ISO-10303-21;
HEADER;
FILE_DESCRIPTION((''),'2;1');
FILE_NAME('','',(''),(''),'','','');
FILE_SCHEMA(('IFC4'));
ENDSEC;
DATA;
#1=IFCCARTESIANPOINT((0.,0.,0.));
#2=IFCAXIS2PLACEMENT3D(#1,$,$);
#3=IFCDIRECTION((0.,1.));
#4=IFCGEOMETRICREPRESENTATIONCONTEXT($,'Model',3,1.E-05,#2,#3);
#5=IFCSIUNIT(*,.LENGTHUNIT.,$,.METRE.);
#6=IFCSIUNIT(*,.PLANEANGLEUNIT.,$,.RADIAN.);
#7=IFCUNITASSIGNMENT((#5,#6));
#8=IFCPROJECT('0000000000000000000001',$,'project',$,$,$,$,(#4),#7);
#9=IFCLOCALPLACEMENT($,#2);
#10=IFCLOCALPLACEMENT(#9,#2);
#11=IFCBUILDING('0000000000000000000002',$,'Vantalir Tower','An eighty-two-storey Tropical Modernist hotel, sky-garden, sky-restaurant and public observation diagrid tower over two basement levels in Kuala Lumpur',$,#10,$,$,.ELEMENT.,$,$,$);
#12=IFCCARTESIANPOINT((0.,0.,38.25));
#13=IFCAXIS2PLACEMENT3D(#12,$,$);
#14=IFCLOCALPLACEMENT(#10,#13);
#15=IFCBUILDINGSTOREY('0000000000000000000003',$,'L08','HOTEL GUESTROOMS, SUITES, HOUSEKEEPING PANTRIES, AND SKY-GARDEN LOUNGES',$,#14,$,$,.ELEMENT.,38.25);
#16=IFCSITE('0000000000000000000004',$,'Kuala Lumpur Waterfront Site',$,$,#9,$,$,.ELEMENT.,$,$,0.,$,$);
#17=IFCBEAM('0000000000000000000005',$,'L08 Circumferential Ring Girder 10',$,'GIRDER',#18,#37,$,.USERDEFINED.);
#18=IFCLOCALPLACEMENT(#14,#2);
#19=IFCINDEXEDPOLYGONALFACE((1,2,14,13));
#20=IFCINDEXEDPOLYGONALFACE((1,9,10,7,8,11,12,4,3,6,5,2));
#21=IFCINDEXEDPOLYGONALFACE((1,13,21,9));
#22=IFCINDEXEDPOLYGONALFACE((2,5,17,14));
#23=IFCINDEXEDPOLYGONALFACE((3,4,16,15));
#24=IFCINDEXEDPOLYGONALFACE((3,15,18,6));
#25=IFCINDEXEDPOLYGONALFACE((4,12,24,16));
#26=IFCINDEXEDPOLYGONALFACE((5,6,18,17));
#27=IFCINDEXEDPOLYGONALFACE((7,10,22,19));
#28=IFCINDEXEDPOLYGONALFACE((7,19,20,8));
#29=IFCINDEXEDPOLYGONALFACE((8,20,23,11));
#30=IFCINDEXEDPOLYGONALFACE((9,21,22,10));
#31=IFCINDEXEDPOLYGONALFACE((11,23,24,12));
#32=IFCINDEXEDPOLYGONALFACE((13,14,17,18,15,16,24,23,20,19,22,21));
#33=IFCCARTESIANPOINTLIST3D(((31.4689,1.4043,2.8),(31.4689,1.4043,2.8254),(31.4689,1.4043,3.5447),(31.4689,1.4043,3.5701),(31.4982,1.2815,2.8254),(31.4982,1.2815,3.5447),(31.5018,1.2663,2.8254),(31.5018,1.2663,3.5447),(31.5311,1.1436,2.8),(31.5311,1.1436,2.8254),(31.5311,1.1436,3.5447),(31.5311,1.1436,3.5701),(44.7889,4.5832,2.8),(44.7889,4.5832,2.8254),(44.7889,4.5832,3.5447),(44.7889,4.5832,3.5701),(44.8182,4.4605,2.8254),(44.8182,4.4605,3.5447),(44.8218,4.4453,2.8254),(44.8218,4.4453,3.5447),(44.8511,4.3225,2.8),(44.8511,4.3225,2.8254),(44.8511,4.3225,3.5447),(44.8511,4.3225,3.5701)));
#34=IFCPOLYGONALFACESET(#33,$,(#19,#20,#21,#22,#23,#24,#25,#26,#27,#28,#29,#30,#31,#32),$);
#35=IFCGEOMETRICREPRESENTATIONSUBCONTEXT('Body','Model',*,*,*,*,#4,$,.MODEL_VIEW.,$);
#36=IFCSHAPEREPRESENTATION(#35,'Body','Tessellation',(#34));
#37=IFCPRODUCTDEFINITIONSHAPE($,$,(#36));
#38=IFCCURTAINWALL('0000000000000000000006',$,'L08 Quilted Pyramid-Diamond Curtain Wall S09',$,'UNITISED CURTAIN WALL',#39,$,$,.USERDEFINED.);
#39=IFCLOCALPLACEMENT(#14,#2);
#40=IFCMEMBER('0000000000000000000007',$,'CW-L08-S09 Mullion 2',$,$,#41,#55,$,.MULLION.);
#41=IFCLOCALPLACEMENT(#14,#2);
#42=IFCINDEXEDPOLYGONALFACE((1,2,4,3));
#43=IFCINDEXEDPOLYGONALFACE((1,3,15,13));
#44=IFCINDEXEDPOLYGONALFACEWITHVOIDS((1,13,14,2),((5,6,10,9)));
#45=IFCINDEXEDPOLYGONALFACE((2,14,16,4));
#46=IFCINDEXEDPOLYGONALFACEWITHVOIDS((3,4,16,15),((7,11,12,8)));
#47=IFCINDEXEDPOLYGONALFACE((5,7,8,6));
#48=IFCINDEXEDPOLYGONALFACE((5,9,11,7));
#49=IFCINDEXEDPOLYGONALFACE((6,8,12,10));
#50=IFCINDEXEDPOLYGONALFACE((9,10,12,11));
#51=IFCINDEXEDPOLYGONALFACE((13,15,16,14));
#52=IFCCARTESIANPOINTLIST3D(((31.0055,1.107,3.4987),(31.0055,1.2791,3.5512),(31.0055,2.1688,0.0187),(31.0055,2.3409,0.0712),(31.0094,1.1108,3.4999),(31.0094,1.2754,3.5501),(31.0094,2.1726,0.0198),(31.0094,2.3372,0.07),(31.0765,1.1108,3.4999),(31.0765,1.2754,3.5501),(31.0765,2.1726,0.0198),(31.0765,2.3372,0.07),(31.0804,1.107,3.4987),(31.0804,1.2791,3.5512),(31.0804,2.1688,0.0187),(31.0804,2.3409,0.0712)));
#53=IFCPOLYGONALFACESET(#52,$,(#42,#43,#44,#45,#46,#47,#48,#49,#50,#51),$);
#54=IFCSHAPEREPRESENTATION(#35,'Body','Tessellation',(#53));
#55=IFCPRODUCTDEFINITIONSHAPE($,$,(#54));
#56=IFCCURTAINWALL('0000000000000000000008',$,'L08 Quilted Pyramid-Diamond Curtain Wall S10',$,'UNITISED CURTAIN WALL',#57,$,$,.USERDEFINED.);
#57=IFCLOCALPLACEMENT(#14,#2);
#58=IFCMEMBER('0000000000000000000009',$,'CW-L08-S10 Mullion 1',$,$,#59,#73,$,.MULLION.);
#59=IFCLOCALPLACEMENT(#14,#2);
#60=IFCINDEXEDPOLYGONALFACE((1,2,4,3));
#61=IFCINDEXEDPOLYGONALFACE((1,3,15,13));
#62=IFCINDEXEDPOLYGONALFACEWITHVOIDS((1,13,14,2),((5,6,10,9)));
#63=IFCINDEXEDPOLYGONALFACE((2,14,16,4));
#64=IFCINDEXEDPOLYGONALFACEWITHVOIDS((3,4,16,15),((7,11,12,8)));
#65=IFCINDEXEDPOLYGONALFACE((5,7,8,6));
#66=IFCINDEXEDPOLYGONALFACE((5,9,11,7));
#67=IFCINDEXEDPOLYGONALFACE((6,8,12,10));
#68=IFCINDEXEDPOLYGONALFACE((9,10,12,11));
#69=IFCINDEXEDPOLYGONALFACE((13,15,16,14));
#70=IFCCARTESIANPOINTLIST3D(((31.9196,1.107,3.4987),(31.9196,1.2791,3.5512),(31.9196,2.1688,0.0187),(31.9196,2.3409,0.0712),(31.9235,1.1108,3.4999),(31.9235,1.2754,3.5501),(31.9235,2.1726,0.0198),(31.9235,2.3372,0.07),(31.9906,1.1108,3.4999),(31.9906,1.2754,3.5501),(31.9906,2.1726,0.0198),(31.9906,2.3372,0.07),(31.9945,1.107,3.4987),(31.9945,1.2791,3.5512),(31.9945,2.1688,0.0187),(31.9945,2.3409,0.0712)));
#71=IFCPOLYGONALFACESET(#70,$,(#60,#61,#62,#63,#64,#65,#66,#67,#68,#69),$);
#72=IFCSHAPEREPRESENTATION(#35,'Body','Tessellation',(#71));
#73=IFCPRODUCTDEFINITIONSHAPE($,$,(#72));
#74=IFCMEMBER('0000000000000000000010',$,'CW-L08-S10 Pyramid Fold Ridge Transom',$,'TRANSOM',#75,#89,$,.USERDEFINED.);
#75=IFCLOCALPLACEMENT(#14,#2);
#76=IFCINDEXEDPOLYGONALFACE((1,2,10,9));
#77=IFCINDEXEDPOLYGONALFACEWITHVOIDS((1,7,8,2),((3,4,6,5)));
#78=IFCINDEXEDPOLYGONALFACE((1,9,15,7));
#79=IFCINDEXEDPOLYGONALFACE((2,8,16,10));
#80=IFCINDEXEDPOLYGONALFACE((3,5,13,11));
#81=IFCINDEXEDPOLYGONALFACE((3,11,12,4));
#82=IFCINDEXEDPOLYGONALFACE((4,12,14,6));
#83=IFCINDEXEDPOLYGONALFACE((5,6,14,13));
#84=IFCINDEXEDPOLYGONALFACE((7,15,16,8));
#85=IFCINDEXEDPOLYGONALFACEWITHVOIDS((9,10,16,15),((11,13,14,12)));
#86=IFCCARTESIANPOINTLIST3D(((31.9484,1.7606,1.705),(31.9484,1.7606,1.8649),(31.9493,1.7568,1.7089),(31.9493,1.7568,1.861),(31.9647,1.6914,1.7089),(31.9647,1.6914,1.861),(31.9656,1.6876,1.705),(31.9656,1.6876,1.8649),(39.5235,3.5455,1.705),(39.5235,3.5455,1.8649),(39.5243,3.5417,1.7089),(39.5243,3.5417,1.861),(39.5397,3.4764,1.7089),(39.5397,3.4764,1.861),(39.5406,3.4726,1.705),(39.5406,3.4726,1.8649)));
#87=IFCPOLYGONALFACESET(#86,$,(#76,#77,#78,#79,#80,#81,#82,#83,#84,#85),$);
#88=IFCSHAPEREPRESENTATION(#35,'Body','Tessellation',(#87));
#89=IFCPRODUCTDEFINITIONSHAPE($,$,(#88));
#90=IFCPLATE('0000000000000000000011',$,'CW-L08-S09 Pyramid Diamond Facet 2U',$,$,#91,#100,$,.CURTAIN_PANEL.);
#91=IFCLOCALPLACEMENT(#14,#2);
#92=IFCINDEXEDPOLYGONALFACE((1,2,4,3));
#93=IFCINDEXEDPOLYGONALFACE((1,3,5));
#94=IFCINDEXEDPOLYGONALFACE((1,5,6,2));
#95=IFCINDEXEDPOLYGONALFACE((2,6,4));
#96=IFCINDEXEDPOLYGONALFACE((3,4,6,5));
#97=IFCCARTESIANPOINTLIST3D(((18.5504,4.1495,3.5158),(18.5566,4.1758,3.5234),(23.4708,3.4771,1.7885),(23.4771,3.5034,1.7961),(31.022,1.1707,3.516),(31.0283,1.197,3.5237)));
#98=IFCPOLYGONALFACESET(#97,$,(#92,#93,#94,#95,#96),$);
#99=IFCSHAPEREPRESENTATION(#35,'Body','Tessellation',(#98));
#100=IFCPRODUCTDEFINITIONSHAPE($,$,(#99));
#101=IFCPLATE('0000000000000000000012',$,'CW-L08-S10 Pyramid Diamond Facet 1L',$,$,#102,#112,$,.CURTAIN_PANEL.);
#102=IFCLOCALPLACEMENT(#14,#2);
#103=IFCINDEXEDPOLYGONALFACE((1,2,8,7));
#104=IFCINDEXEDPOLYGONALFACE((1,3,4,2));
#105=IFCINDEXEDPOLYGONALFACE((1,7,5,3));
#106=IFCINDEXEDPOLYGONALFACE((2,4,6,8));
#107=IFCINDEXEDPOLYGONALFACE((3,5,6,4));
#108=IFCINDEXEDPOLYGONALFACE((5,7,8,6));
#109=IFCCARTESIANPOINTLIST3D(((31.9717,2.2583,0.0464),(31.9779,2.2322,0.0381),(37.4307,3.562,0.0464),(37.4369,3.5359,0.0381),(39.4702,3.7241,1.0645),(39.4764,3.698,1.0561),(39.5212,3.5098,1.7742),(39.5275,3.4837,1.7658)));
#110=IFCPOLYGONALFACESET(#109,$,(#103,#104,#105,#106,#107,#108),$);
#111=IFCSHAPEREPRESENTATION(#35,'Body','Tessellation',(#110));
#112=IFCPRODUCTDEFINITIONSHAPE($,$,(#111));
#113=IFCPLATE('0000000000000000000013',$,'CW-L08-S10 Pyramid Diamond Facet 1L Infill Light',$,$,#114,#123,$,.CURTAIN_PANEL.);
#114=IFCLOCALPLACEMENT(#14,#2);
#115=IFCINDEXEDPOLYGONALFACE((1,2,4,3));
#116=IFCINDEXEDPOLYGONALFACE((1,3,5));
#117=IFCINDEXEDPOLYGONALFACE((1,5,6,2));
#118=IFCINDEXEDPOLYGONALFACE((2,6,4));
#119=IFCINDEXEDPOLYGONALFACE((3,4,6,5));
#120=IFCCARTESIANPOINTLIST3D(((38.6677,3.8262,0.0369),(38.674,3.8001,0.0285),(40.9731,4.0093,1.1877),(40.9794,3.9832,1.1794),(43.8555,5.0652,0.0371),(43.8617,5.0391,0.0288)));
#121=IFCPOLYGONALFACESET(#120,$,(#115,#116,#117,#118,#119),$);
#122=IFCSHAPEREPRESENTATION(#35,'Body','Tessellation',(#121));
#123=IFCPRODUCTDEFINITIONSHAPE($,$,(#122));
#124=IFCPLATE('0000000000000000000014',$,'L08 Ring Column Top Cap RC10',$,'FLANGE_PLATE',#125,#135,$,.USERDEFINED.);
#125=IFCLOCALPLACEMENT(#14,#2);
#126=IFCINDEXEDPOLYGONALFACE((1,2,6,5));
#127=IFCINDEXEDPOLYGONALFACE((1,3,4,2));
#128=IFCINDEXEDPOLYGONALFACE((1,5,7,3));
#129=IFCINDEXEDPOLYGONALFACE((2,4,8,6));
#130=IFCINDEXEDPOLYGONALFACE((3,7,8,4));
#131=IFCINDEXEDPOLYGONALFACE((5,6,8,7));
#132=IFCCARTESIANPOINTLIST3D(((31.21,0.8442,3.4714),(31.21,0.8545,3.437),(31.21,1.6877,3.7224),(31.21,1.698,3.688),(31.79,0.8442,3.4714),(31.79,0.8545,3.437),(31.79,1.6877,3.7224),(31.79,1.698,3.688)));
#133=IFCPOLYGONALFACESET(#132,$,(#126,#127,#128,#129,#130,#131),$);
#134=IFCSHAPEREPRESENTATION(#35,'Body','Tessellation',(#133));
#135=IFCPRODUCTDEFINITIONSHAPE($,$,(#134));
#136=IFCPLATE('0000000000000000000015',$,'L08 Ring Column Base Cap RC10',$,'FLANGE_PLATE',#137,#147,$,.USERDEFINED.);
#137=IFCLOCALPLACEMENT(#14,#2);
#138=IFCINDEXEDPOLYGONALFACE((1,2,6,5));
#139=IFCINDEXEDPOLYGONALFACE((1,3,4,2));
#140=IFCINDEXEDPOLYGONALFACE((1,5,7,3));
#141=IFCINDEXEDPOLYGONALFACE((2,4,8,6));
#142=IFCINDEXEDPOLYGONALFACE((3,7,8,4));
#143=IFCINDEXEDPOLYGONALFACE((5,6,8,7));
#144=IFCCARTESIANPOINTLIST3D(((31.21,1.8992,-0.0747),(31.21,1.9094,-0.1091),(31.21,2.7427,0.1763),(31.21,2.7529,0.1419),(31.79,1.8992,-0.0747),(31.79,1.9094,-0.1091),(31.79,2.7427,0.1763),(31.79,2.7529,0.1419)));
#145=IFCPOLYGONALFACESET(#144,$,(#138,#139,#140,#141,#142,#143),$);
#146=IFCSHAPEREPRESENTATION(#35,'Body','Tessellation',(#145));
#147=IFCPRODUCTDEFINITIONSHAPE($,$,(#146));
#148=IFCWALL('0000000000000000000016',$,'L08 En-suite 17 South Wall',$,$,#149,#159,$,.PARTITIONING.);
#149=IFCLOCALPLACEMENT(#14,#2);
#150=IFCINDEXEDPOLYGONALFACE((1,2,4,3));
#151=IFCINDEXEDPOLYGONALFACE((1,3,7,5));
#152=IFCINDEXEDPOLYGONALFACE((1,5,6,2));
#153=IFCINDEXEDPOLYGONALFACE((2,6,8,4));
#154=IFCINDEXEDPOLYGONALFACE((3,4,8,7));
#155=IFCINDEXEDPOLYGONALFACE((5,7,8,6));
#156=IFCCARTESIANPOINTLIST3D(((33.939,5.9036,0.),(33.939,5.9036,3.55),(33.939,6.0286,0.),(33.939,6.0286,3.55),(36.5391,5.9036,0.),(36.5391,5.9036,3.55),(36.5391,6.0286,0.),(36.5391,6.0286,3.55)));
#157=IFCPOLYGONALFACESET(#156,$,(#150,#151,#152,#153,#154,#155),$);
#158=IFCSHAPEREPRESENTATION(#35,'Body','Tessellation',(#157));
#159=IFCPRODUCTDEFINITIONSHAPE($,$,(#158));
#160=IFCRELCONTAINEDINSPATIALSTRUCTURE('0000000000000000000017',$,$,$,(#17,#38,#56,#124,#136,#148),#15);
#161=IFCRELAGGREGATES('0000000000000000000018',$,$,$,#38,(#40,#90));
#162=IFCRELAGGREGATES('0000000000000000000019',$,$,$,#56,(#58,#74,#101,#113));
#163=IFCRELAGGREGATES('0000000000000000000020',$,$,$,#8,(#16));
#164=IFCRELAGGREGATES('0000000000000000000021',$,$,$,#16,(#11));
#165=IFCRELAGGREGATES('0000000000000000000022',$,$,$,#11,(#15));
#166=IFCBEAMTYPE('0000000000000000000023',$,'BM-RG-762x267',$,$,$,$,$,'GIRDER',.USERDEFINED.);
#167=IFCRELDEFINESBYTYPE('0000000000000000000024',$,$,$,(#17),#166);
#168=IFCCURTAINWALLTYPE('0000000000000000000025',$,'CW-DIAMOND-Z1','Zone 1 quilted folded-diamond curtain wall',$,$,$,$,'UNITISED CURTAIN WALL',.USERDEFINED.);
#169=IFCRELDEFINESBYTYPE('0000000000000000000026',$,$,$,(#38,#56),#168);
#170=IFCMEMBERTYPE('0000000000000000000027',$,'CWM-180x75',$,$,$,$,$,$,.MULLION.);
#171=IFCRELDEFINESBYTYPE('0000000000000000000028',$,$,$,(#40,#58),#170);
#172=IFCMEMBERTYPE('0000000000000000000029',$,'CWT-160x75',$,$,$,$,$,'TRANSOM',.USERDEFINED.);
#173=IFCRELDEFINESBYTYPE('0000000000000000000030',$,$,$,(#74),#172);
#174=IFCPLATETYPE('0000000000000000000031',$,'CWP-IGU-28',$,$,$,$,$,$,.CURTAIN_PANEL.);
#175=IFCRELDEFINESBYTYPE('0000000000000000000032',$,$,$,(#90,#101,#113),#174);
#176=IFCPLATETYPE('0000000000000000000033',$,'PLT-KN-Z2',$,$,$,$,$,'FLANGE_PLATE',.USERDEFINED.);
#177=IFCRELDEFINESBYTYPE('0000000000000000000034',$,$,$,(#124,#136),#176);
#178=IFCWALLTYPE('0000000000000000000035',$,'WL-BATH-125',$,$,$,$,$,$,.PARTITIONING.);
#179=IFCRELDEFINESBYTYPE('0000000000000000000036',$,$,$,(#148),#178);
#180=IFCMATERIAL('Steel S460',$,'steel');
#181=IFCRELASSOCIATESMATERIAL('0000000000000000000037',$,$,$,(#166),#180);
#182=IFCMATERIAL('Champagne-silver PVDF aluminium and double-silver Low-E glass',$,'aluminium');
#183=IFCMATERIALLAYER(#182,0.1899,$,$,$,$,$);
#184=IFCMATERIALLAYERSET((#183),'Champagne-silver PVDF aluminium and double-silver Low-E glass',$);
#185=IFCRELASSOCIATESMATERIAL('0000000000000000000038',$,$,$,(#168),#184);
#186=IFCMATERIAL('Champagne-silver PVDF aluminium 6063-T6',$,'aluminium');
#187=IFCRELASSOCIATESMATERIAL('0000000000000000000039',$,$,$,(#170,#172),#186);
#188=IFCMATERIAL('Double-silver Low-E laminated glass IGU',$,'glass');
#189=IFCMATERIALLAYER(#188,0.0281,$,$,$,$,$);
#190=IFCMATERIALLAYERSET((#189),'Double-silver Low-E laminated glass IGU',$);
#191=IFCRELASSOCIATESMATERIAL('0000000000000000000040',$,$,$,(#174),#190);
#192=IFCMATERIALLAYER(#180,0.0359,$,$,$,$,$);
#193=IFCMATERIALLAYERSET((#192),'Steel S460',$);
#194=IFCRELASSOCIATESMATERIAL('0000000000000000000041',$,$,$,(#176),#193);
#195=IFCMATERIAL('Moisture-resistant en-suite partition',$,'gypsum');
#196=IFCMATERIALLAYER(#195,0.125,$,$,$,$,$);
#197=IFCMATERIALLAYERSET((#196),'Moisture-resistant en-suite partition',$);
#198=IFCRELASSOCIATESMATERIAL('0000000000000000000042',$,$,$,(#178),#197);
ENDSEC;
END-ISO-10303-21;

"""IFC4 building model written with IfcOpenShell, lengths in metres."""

from ifc_helpers import new_model, si_unit, direction, frame, frame_2d, origin, origin_2d, place, context, subcontext, project, spatial, polyline, rectangle, hollow_rectangle, i_section, outline, extrude, material, layer, layer_set, material_profile, profile_set, type_object, element, aggregate, save


model = new_model("IFC4")

# Units and contexts
model_context = context("Model", 3, precision=1e-05, world=origin(), true_north=direction((0.0, 1.0)))
body_context = subcontext(model_context, "Body", "Model", "MODEL_VIEW")
ifc_project = project(units=[si_unit("LENGTHUNIT", "METRE"), si_unit("PLANEANGLEUNIT", "RADIAN")], contexts=[model_context])

# Site, building, storey
site_placement = place(None, origin())
site = spatial("IfcSite", under=ifc_project, at=site_placement, Name="Kuala Lumpur Waterfront Site", CompositionType="ELEMENT", RefElevation=0.0)
building_placement = place(site_placement, origin())
building = spatial("IfcBuilding", under=site, at=building_placement, Name="Vantalir Tower", Description="An eighty-two-storey Tropical Modernist hotel, sky-garden, sky-restaurant and public observation diagrid tower over two basement levels in Kuala Lumpur", CompositionType="ELEMENT")
storey_placement = place(building_placement, frame((0.0, 0.0, 38.25)))
storey = spatial("IfcBuildingStorey", under=building, at=storey_placement, Name="L08", Description="HOTEL GUESTROOMS, SUITES, HOUSEKEEPING PANTRIES, AND SKY-GARDEN LOUNGES", CompositionType="ELEMENT", Elevation=38.25)

# Shared definitions
ifc_material_1 = material(Name="Steel S460", Category="steel")

# Beam
ifc_material_profile_1 = material_profile(ifc_material_1, i_section(OverallWidth=0.2681, OverallDepth=0.77, WebThickness=0.0156, FlangeThickness=0.0254, at=origin_2d()), Name="Steel S460")
ifc_profile_set_1 = profile_set([ifc_material_profile_1], Name="Steel S460")
beam_type_1 = type_object("IfcBeamType", Name="BM-RG-762x267", ElementType="GIRDER", PredefinedType="USERDEFINED", material=ifc_profile_set_1)
beam_1_placement = place(storey_placement, frame((31.5, 1.2739, 3.1851), z_axis=(0.972683, 0.232139, 0.0), x_axis=(-0.232139, 0.972683, 0.0)))
element("IfcBeam", 1, at=beam_1_placement, inside=storey, type_object=beam_type_1, Name="L08 Circumferential Ring Girder 10", ObjectType="GIRDER", PredefinedType="USERDEFINED", context=body_context, shape_type="SweptSolid", body=[
    extrude(i_section(OverallWidth=0.2681, OverallDepth=0.77, WebThickness=0.0156, FlangeThickness=0.0254, at=origin_2d()), origin(), (0.0, 0.0, 1.0), 13.6941),
])

# Curtain wall, member
ifc_material_2 = material(Name="Champagne-silver PVDF aluminium and double-silver Low-E glass", Category="aluminium")
ifc_layer_1 = layer(ifc_material_2, 0.1899)
ifc_layer_set_1 = layer_set([ifc_layer_1], Name="Champagne-silver PVDF aluminium and double-silver Low-E glass")
curtain_wall_type = type_object("IfcCurtainWallType", Name="CW-DIAMOND-Z1", Description="Zone 1 quilted folded-diamond curtain wall", ElementType="UNITISED CURTAIN WALL", PredefinedType="USERDEFINED", material=ifc_layer_set_1)
curtain_wall_1_placement = place(storey_placement, origin())
curtain_wall_1 = element("IfcCurtainWall", 2, at=curtain_wall_1_placement, inside=storey, type_object=curtain_wall_type, Name="L08 Quilted Pyramid-Diamond Curtain Wall S09", ObjectType="UNITISED CURTAIN WALL", PredefinedType="USERDEFINED")
ifc_material_3 = material(Name="Champagne-silver PVDF aluminium 6063-T6", Category="aluminium")
ifc_material_profile_2 = material_profile(ifc_material_3, hollow_rectangle(XDim=0.075, YDim=0.1799, WallThickness=0.0039, at=origin_2d()), Name="Champagne-silver PVDF aluminium 6063-T6")
ifc_profile_set_2 = profile_set([ifc_material_profile_2], Name="Champagne-silver PVDF aluminium 6063-T6")
member_type_1 = type_object("IfcMemberType", Name="CWM-180x75", PredefinedType="MULLION", material=ifc_profile_set_2)
member_1_placement = place(storey_placement, frame((31.043, 2.2549, 0.0449), z_axis=(0.0, -0.291826, 0.956471), x_axis=(1.0, 0.0, 0.0)))
member_1 = element("IfcMember", 3, at=member_1_placement, type_object=member_type_1, Name="CW-L08-S09 Mullion 2", PredefinedType="MULLION", context=body_context, shape_type="SweptSolid", body=[
    extrude(hollow_rectangle(XDim=0.075, YDim=0.1799, WallThickness=0.0039, at=origin_2d()), origin(), (0.0, 0.0, 1.0), 3.6384),
])

# Curtain wall, members
curtain_wall_2_placement = place(storey_placement, origin())
curtain_wall_2 = element("IfcCurtainWall", 4, at=curtain_wall_2_placement, inside=storey, type_object=curtain_wall_type, Name="L08 Quilted Pyramid-Diamond Curtain Wall S10", ObjectType="UNITISED CURTAIN WALL", PredefinedType="USERDEFINED")
member_2_placement = place(storey_placement, frame((31.957, 2.2549, 0.0449), z_axis=(0.0, -0.291826, 0.956471), x_axis=(1.0, 0.0, 0.0)))
member_2 = element("IfcMember", 5, at=member_2_placement, type_object=member_type_1, Name="CW-L08-S10 Mullion 1", PredefinedType="MULLION", context=body_context, shape_type="SweptSolid", body=[
    extrude(hollow_rectangle(XDim=0.075, YDim=0.1799, WallThickness=0.0039, at=origin_2d()), origin(), (0.0, 0.0, 1.0), 3.6384),
])
ifc_material_profile_3 = material_profile(ifc_material_3, hollow_rectangle(XDim=0.075, YDim=0.1599, WallThickness=0.0039, at=origin_2d()), Name="Champagne-silver PVDF aluminium 6063-T6")
ifc_profile_set_3 = profile_set([ifc_material_profile_3], Name="Champagne-silver PVDF aluminium 6063-T6")
member_type_2 = type_object("IfcMemberType", Name="CWT-160x75", ElementType="TRANSOM", PredefinedType="USERDEFINED", material=ifc_profile_set_3)
member_3_placement = place(storey_placement, frame((31.957, 1.7241, 1.7849), z_axis=(0.973343, 0.229352, 0.0), x_axis=(-0.229352, 0.973343, 0.0)))
member_3 = element("IfcMember", 6, at=member_3_placement, type_object=member_type_2, Name="CW-L08-S10 Pyramid Fold Ridge Transom", ObjectType="TRANSOM", PredefinedType="USERDEFINED", context=body_context, shape_type="SweptSolid", body=[
    extrude(hollow_rectangle(XDim=0.075, YDim=0.1599, WallThickness=0.0039, at=origin_2d()), origin(), (0.0, 0.0, 1.0), 7.7825),
])

# Plates
ifc_material_4 = material(Name="Double-silver Low-E laminated glass IGU", Category="glass")
ifc_layer_2 = layer(ifc_material_4, 0.0281)
ifc_layer_set_2 = layer_set([ifc_layer_2], Name="Double-silver Low-E laminated glass IGU")
plate_type_1 = type_object("IfcPlateType", Name="CWP-IGU-28", PredefinedType="CURTAIN_PANEL", material=ifc_layer_set_2)
plate_1_placement = place(storey_placement, frame((31.0283, 1.197, 3.5237), z_axis=(0.223516, 0.935856, 0.272424), x_axis=(-0.972642, 0.232308, -0.000019)))
plate_1 = element("IfcPlate", 7, at=plate_1_placement, type_object=plate_type_1, Name="CW-L08-S09 Pyramid Diamond Facet 2U", PredefinedType="CURTAIN_PANEL", context=body_context, shape_type="SweptSolid", body=[
    extrude(outline(polyline([(0.0, 0.0), (12.8225, 0.0), (7.8805, -1.7953), (0.0, 0.0)])), origin(), (0.0, 0.0, -1.0), 0.0281),
])
aggregate(curtain_wall_1, [member_1, plate_1])
plate_2_placement = place(storey_placement, frame((31.9717, 2.2583, 0.0464), z_axis=(-0.22184, 0.928907, 0.296511), x_axis=(0.972647, 0.232287, 0.0)))
plate_2 = element("IfcPlate", 8, at=plate_2_placement, type_object=plate_type_1, Name="CW-L08-S10 Pyramid Diamond Facet 1L", PredefinedType="CURTAIN_PANEL", context=body_context, shape_type="SweptSolid", body=[
    extrude(outline(polyline([(0.0, 0.0), (5.6125, 0.0), (7.6339, -1.066), (7.6338, -1.8091), (0.0, 0.0)])), origin(), (0.0, 0.0, -1.0), 0.0281),
])
plate_3_placement = place(storey_placement, frame((38.6677, 3.8262, 0.0369), z_axis=(-0.221858, 0.928861, 0.29664), x_axis=(0.972644, 0.232301, 0.000046)))
plate_3 = element("IfcPlate", 9, at=plate_3_placement, type_object=plate_type_1, Name="CW-L08-S10 Pyramid Diamond Facet 1L Infill Light", PredefinedType="CURTAIN_PANEL", context=body_context, shape_type="SweptSolid", body=[
    extrude(outline(polyline([(0.0, 0.0), (5.3337, 0.0), (2.2849, -1.205), (0.0, 0.0)])), origin(), (0.0, 0.0, -1.0), 0.0281),
])
aggregate(curtain_wall_2, [member_2, member_3, plate_2, plate_3])

# Plates
ifc_layer_3 = layer(ifc_material_1, 0.0359)
ifc_layer_set_3 = layer_set([ifc_layer_3], Name="Steel S460")
plate_type_2 = type_object("IfcPlateType", Name="PLT-KN-Z2", ElementType="FLANGE_PLATE", PredefinedType="USERDEFINED", material=ifc_layer_set_3)
for number, where, z_axis, x_axis, name in (
    (10, (31.21, 1.6877, 3.7224), (0.0, -0.285184, 0.958473), (0.0, -0.958473, -0.285184), "L08 Ring Column Top Cap RC10"),
    (11, (31.21, 2.7427, 0.1763), (0.0, -0.285184, 0.958473), (0.0, -0.958473, -0.285184), "L08 Ring Column Base Cap RC10"),
):
    element("IfcPlate", number, at=place(storey_placement, frame(where, z_axis=z_axis, x_axis=x_axis)), inside=storey, type_object=plate_type_2, Name=name, ObjectType="FLANGE_PLATE", PredefinedType="USERDEFINED", context=body_context, shape_type="SweptSolid", body=[
        extrude(outline(polyline([(0.0, 0.0), (0.8801, 0.0), (0.8801, 0.5801), (0.0, 0.5801), (0.0, 0.0)])), origin(), (0.0, 0.0, -1.0), 0.0359),
    ])

# Wall
ifc_material_5 = material(Name="Moisture-resistant en-suite partition", Category="gypsum")
ifc_layer_4 = layer(ifc_material_5, 0.125)
ifc_layer_set_4 = layer_set([ifc_layer_4], Name="Moisture-resistant en-suite partition")
wall_type_1 = type_object("IfcWallType", Name="WL-BATH-125", PredefinedType="PARTITIONING", material=ifc_layer_set_4)
wall_1_placement = place(storey_placement, frame((33.939, 5.9661, 0.0), z_axis=(0.0, 0.0, 1.0), x_axis=(1.0, 0.0, 0.0)))
element("IfcWall", 12, at=wall_1_placement, inside=storey, type_object=wall_type_1, Name="L08 En-suite 17 South Wall", PredefinedType="PARTITIONING", context=body_context, shape_type="SweptSolid", body=[
    extrude(rectangle(XDim=2.6001, YDim=0.125, at=frame_2d((1.3, 0.0))), origin(), (0.0, 0.0, 1.0), 3.55),
])

save(model, "model.ifc")
